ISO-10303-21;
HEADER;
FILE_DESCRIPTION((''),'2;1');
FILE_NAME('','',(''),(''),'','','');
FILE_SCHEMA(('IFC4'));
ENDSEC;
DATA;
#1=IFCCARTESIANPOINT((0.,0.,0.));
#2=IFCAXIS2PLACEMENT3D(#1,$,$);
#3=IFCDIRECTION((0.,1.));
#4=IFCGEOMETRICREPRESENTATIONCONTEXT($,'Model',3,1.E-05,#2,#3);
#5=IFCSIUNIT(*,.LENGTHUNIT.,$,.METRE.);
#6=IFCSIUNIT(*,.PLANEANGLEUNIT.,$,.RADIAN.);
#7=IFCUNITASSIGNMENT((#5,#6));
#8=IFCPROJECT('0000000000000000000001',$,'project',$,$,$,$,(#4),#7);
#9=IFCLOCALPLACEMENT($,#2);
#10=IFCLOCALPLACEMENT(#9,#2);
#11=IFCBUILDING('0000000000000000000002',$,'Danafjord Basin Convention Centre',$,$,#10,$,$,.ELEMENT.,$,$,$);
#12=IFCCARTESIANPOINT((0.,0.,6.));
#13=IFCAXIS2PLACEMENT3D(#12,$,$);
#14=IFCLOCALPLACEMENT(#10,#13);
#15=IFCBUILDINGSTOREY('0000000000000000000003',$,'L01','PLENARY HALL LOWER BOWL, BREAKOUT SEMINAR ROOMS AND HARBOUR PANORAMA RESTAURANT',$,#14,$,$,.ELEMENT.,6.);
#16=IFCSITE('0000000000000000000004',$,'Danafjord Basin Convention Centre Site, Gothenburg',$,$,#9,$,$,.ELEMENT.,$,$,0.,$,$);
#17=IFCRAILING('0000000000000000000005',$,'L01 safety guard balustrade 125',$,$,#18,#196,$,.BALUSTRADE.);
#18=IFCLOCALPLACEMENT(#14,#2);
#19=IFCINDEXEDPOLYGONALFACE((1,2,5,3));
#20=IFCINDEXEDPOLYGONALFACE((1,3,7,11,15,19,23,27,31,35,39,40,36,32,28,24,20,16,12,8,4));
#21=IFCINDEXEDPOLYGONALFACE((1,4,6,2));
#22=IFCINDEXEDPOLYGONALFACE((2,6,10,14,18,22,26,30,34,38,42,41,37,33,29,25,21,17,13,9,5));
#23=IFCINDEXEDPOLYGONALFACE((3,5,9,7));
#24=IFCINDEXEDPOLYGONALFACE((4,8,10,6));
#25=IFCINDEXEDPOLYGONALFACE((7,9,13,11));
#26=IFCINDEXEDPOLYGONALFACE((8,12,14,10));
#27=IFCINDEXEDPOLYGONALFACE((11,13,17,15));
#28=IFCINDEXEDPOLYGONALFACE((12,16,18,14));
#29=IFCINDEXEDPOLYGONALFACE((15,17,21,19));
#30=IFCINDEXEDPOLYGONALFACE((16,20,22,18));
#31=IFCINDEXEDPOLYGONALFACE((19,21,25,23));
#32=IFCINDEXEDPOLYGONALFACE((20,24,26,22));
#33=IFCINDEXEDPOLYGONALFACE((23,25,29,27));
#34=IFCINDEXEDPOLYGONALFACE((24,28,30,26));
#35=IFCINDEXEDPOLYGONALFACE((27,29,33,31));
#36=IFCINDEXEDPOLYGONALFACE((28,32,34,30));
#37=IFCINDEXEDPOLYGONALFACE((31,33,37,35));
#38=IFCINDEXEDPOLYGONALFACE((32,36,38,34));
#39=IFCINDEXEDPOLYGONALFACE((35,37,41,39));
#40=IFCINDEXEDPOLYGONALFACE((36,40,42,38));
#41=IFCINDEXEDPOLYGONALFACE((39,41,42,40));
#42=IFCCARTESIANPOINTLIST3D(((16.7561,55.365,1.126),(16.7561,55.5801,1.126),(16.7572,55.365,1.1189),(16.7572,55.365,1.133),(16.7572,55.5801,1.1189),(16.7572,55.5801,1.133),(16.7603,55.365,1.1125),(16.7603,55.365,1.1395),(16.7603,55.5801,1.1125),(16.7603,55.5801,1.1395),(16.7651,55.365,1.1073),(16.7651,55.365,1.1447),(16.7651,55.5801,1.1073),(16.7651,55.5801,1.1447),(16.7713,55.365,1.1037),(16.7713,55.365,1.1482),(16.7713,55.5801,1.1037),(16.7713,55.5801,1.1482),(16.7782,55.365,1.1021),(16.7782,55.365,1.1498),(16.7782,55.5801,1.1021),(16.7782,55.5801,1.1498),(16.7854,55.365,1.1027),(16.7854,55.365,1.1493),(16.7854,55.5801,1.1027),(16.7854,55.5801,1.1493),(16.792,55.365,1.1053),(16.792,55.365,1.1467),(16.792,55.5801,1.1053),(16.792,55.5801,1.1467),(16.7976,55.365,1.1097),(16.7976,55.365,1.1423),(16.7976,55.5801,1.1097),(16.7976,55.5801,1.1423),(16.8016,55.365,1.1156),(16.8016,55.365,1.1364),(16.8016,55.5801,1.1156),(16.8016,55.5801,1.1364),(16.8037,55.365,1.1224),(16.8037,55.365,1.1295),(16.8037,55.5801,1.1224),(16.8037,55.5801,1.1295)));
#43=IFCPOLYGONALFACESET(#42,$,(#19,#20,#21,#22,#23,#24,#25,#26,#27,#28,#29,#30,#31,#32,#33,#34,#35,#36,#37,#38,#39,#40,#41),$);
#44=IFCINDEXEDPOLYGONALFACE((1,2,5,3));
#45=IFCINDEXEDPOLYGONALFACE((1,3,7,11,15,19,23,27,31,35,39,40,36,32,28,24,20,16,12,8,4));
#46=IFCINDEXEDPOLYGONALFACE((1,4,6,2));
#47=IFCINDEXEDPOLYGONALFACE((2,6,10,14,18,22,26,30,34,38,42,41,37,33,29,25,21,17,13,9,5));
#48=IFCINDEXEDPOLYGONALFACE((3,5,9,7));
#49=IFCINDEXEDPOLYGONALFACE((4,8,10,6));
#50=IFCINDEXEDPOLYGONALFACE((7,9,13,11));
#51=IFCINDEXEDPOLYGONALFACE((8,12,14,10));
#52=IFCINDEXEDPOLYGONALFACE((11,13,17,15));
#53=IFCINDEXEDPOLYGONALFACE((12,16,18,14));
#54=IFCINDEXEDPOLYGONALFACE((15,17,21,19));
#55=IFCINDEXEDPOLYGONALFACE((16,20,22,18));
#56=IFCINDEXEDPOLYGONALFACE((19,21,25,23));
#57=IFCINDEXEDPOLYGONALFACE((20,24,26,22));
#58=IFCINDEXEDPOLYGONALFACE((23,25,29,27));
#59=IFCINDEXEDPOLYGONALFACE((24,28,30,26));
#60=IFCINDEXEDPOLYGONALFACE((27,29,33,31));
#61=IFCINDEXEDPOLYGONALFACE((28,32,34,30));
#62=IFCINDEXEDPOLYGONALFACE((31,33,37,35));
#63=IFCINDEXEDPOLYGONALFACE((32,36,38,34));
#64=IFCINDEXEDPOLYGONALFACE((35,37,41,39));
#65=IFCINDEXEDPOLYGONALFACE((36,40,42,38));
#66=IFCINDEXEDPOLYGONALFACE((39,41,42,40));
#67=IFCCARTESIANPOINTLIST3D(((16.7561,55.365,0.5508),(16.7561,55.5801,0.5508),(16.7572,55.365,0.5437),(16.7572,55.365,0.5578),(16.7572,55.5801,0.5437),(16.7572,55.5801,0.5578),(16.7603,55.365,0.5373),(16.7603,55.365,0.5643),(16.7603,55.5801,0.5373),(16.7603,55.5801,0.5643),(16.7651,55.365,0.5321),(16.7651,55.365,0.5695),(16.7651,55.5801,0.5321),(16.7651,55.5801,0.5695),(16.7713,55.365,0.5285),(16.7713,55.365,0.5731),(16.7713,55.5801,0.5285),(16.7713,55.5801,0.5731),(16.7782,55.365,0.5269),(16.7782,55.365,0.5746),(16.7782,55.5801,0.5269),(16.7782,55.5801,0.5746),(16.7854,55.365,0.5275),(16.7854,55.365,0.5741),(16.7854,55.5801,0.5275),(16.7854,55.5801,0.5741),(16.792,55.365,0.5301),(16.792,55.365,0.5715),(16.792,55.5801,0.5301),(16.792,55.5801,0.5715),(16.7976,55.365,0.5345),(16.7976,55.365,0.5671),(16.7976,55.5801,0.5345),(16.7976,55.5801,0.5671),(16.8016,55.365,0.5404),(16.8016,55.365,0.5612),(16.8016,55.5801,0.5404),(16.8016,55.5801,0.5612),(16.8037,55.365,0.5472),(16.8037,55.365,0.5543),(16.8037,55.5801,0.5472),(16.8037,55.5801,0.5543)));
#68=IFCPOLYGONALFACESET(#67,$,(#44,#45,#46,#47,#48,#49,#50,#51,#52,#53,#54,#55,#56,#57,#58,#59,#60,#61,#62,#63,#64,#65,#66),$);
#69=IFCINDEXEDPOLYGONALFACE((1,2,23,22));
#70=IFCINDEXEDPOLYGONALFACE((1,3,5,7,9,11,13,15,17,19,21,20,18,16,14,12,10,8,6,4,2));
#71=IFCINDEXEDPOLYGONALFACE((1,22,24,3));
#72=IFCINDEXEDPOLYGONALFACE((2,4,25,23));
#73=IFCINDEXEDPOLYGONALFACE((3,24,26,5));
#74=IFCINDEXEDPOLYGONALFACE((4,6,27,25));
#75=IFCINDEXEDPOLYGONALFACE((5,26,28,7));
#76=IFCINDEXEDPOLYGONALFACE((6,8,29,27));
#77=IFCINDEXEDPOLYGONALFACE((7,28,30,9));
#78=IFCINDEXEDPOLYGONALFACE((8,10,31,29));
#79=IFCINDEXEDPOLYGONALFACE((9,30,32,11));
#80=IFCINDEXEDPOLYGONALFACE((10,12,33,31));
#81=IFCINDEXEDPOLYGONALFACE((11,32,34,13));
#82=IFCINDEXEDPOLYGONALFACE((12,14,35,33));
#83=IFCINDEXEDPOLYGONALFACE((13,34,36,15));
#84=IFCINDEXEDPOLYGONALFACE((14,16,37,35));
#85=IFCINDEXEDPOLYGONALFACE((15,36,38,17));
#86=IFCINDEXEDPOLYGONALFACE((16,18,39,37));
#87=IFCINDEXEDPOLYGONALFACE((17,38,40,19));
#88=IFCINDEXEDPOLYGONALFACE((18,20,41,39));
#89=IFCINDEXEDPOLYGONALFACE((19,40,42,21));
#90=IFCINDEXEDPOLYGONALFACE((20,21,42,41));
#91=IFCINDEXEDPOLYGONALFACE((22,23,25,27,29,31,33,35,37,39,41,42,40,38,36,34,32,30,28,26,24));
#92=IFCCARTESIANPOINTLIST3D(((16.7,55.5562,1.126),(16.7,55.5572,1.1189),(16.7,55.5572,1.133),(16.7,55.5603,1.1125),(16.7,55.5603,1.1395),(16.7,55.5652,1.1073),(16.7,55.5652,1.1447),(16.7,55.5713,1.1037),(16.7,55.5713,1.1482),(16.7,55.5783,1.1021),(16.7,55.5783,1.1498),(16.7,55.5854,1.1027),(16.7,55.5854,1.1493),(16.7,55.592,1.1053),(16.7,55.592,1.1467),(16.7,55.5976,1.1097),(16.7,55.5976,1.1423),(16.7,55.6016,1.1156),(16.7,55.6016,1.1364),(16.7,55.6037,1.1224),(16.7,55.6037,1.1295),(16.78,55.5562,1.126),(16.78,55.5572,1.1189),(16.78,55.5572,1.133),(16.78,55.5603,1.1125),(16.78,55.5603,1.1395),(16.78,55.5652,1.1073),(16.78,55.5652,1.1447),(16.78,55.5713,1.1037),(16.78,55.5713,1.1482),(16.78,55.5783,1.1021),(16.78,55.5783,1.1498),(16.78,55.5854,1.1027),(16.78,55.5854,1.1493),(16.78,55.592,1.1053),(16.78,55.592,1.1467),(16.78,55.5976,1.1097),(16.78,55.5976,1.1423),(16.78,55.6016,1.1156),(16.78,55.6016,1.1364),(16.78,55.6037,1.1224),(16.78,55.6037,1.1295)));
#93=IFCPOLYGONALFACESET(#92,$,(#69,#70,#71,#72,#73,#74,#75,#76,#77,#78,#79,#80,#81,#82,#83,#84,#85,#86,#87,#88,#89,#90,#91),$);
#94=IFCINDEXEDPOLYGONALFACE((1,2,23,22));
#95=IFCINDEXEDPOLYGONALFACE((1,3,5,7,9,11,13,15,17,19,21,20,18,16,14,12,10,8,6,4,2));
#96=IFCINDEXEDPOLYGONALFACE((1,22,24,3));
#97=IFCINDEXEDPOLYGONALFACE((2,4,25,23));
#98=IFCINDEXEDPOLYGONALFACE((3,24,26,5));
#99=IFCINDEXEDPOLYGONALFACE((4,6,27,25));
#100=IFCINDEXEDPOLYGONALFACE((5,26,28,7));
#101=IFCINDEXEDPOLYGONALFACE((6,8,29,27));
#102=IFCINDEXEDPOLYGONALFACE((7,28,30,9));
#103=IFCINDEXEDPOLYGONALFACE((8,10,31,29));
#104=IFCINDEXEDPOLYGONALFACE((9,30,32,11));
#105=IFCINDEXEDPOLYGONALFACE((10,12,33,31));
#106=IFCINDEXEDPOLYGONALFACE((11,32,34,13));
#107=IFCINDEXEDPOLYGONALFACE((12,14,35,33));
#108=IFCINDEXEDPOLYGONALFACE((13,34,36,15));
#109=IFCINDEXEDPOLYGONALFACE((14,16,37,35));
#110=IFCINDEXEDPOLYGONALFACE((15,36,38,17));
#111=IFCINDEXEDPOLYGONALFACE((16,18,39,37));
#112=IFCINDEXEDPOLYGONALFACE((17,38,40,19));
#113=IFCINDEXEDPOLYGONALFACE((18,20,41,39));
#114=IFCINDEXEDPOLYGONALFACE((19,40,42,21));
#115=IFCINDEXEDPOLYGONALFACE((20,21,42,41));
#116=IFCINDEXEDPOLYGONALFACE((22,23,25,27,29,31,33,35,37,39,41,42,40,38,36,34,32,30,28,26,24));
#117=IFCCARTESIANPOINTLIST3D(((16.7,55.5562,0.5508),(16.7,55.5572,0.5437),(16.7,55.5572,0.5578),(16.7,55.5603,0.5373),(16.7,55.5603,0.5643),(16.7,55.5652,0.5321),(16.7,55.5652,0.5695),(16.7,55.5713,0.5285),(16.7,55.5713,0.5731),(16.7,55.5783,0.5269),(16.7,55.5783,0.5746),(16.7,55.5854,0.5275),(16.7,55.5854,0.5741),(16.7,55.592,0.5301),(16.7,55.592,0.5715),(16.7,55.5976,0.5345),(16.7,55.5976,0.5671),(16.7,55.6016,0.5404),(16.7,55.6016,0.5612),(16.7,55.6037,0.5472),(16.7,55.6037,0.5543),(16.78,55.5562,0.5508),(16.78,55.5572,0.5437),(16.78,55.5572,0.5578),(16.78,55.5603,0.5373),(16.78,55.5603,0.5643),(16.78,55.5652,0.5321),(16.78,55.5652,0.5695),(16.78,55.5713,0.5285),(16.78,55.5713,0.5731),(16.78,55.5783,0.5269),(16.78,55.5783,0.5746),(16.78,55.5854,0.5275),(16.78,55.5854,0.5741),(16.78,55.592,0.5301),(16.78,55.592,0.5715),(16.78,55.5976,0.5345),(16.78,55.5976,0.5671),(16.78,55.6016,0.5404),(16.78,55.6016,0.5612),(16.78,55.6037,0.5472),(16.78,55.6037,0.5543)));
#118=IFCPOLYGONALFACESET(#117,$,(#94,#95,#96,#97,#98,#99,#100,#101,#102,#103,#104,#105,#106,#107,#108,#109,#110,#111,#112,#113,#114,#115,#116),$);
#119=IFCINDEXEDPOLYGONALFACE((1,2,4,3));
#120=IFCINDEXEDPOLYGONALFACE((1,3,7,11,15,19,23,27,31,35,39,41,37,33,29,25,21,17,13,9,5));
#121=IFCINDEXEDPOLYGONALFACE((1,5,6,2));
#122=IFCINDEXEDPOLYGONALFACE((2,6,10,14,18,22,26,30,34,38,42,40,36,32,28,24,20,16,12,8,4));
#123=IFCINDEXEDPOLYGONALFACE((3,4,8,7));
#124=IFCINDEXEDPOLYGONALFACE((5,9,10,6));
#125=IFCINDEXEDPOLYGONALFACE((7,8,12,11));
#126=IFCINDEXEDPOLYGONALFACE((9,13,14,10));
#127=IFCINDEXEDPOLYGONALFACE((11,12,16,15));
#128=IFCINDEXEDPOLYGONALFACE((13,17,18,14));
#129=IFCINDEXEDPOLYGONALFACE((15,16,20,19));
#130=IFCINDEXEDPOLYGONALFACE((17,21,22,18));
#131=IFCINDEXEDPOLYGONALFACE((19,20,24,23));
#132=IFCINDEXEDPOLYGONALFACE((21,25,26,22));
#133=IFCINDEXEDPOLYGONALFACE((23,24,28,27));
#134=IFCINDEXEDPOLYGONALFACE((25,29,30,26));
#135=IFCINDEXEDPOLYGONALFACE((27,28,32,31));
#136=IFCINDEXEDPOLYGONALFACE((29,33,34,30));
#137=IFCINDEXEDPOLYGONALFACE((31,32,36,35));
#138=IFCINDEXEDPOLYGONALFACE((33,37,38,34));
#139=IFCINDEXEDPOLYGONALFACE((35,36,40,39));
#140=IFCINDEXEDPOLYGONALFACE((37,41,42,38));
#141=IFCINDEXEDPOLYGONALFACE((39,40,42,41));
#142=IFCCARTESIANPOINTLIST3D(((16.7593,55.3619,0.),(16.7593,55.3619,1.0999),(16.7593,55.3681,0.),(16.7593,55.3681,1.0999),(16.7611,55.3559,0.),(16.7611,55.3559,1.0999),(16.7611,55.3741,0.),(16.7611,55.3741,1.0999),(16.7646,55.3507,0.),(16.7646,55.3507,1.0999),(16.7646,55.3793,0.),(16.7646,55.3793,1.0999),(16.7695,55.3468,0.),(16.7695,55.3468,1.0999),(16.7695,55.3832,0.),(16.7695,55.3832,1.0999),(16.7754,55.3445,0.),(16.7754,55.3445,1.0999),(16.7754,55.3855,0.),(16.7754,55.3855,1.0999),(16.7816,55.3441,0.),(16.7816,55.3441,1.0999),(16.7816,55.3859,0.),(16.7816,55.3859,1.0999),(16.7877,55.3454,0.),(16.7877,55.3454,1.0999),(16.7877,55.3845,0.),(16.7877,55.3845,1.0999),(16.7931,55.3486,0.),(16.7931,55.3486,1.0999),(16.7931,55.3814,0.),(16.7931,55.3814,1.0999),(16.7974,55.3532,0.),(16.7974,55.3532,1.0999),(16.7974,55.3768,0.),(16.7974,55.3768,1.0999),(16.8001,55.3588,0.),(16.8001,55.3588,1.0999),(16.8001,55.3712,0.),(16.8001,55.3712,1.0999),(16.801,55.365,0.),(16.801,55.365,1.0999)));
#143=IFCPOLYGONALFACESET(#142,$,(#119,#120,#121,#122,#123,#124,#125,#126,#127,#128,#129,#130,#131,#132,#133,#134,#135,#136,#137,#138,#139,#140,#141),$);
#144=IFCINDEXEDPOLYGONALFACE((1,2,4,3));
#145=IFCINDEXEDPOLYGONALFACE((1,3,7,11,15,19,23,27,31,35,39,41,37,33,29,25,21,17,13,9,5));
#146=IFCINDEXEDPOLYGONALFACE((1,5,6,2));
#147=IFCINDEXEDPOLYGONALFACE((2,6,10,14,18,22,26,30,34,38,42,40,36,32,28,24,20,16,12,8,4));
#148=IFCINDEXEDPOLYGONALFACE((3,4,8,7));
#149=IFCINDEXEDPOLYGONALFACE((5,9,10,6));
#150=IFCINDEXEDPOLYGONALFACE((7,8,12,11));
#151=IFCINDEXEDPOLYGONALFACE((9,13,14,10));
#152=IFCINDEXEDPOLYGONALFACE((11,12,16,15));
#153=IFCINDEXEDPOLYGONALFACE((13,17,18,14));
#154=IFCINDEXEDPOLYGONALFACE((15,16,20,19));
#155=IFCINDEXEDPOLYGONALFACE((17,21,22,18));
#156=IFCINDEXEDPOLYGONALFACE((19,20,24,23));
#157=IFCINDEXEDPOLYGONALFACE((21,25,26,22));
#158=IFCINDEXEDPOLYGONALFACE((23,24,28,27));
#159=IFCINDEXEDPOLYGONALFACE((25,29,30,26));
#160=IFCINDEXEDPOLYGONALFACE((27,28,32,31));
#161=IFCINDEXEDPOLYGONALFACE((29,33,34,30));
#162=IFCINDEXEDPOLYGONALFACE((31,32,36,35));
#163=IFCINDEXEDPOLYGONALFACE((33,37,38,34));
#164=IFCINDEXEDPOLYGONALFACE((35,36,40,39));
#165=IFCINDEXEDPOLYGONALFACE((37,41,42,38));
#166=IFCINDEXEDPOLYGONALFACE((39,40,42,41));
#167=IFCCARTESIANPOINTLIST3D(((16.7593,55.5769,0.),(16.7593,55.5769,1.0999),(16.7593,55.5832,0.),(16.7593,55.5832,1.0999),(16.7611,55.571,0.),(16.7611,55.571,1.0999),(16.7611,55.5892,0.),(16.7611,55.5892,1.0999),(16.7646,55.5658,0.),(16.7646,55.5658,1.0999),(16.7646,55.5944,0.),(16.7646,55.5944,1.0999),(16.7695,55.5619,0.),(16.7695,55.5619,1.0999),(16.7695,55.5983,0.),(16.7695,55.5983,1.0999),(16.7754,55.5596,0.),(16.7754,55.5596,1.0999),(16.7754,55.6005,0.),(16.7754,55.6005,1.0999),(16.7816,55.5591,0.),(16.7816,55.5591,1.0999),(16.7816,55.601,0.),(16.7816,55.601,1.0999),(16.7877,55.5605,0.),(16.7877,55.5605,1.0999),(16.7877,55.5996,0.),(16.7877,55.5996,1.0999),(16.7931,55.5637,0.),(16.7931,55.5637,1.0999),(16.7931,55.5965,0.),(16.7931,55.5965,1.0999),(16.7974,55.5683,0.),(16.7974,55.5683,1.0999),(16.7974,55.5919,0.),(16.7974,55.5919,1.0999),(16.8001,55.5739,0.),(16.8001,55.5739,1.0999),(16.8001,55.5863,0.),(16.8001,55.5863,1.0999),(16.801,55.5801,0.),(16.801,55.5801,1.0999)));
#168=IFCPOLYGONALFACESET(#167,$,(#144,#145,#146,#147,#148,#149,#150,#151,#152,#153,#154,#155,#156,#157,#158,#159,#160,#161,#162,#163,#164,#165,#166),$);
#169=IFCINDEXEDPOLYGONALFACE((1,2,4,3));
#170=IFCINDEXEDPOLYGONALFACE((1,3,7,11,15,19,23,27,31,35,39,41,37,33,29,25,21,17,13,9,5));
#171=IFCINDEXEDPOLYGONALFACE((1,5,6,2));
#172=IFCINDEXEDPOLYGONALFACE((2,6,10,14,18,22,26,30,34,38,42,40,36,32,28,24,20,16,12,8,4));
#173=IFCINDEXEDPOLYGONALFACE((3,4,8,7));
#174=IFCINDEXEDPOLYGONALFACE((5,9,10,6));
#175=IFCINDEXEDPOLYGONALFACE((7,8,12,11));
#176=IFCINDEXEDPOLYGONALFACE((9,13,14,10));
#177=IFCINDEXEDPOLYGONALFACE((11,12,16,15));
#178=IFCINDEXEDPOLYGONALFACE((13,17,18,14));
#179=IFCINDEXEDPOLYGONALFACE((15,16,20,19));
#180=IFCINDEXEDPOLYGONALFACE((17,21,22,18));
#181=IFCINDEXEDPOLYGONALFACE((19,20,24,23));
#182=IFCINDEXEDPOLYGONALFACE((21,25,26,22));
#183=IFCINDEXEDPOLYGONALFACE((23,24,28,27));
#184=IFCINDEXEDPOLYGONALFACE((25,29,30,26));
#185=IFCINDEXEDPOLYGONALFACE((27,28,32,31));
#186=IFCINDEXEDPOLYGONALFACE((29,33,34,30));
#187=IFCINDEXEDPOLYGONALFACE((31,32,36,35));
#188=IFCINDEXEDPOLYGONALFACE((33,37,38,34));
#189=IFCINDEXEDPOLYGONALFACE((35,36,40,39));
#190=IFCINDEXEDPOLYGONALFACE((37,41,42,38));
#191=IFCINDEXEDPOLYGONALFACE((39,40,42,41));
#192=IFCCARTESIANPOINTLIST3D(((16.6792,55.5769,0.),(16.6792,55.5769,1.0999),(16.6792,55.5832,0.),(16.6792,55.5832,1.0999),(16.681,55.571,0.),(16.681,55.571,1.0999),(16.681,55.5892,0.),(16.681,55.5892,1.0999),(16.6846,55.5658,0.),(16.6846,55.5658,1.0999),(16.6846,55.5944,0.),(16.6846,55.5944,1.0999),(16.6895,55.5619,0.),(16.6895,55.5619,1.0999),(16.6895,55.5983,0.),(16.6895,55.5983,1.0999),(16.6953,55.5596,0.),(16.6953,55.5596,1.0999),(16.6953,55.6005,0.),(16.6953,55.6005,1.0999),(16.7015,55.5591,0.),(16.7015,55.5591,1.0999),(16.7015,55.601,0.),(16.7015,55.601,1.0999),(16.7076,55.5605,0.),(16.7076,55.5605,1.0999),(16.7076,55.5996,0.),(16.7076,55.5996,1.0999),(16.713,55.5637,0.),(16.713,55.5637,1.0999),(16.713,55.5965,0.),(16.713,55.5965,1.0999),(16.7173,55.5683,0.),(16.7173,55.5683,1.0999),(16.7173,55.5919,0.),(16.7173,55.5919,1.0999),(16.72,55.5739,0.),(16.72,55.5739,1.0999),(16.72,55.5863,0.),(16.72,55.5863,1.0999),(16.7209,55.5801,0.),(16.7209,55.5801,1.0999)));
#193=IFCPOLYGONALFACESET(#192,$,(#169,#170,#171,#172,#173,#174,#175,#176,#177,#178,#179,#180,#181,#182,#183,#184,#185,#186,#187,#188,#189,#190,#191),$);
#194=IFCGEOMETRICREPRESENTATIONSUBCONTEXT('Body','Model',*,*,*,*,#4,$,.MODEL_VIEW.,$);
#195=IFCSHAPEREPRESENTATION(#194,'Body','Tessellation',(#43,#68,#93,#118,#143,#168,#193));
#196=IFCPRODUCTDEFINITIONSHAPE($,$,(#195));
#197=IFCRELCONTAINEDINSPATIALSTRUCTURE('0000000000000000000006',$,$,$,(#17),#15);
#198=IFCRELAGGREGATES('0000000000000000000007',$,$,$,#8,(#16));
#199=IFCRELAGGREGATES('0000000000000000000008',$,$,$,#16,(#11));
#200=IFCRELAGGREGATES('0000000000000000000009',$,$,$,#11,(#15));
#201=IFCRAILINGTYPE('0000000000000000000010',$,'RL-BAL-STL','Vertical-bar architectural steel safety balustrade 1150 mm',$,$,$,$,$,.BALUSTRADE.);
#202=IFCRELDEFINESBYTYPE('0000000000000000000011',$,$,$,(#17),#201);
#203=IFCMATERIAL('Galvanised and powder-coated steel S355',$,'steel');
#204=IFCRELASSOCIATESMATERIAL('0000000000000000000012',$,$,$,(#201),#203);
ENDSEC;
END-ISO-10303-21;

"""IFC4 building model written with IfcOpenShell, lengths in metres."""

from ifc_helpers import new_model, si_unit, direction, frame, origin, origin_2d, place, context, subcontext, project, spatial, circle, extrude, material, type_object, element, save


model = new_model("IFC4")

# Units and contexts
model_context = context("Model", 3, precision=1e-05, world=origin(), true_north=direction((0.0, 1.0)))
body_context = subcontext(model_context, "Body", "Model", "MODEL_VIEW")
ifc_project = project(units=[si_unit("LENGTHUNIT", "METRE"), si_unit("PLANEANGLEUNIT", "RADIAN")], contexts=[model_context])

# Site, building, storey
site_placement = place(None, origin())
site = spatial("IfcSite", under=ifc_project, at=site_placement, Name="Danafjord Basin Convention Centre Site, Gothenburg", CompositionType="ELEMENT", RefElevation=0.0)
building_placement = place(site_placement, origin())
building = spatial("IfcBuilding", under=site, at=building_placement, Name="Danafjord Basin Convention Centre", CompositionType="ELEMENT")
storey_placement = place(building_placement, frame((0.0, 0.0, 6.0)))
storey = spatial("IfcBuildingStorey", under=building, at=storey_placement, Name="L01", Description="PLENARY HALL LOWER BOWL, BREAKOUT SEMINAR ROOMS AND HARBOUR PANORAMA RESTAURANT", CompositionType="ELEMENT", Elevation=6.0)

# Railing
ifc_material_1 = material(Name="Galvanised and powder-coated steel S355", Category="steel")
railing_type_1 = type_object("IfcRailingType", Name="RL-BAL-STL", Description="Vertical-bar architectural steel safety balustrade 1150 mm", PredefinedType="BALUSTRADE", material=ifc_material_1)
railing_1_placement = place(storey_placement, frame((16.78, 55.365, 0.0)))
element("IfcRailing", 1, at=railing_1_placement, inside=storey, type_object=railing_type_1, Name="L01 safety guard balustrade 125", PredefinedType="BALUSTRADE", context=body_context, shape_type="SweptSolid", body=[
    extrude(circle(Radius=0.0239, at=origin_2d()), frame((0.0, 0.0, 1.126), z_axis=(0.0, 1.0, 0.0), x_axis=(-1.0, 0.0, 0.0)), (0.0, 0.0, 1.0), 0.2151),
    extrude(circle(Radius=0.0239, at=origin_2d()), frame((0.0, 0.0, 0.5508), z_axis=(0.0, 1.0, 0.0), x_axis=(-1.0, 0.0, 0.0)), (0.0, 0.0, 1.0), 0.2151),
    extrude(circle(Radius=0.0239, at=origin_2d()), frame((0.0, 0.2151, 1.126), z_axis=(-1.0, 0.0, 0.0), x_axis=(0.0, -1.0, 0.0)), (0.0, 0.0, 1.0), 0.0801),
    extrude(circle(Radius=0.0239, at=origin_2d()), frame((0.0, 0.2151, 0.5508), z_axis=(-1.0, 0.0, 0.0), x_axis=(0.0, -1.0, 0.0)), (0.0, 0.0, 1.0), 0.0801),
    extrude(circle(Radius=0.021, at=origin_2d()), origin(), (0.0, 0.0, 1.0), 1.0999),
    extrude(circle(Radius=0.021, at=origin_2d()), frame((0.0, 0.2151, 0.0)), (0.0, 0.0, 1.0), 1.0999),
    extrude(circle(Radius=0.021, at=origin_2d()), frame((-0.0801, 0.2151, 0.0)), (0.0, 0.0, 1.0), 1.0999),
])

save(model, "model.ifc")
